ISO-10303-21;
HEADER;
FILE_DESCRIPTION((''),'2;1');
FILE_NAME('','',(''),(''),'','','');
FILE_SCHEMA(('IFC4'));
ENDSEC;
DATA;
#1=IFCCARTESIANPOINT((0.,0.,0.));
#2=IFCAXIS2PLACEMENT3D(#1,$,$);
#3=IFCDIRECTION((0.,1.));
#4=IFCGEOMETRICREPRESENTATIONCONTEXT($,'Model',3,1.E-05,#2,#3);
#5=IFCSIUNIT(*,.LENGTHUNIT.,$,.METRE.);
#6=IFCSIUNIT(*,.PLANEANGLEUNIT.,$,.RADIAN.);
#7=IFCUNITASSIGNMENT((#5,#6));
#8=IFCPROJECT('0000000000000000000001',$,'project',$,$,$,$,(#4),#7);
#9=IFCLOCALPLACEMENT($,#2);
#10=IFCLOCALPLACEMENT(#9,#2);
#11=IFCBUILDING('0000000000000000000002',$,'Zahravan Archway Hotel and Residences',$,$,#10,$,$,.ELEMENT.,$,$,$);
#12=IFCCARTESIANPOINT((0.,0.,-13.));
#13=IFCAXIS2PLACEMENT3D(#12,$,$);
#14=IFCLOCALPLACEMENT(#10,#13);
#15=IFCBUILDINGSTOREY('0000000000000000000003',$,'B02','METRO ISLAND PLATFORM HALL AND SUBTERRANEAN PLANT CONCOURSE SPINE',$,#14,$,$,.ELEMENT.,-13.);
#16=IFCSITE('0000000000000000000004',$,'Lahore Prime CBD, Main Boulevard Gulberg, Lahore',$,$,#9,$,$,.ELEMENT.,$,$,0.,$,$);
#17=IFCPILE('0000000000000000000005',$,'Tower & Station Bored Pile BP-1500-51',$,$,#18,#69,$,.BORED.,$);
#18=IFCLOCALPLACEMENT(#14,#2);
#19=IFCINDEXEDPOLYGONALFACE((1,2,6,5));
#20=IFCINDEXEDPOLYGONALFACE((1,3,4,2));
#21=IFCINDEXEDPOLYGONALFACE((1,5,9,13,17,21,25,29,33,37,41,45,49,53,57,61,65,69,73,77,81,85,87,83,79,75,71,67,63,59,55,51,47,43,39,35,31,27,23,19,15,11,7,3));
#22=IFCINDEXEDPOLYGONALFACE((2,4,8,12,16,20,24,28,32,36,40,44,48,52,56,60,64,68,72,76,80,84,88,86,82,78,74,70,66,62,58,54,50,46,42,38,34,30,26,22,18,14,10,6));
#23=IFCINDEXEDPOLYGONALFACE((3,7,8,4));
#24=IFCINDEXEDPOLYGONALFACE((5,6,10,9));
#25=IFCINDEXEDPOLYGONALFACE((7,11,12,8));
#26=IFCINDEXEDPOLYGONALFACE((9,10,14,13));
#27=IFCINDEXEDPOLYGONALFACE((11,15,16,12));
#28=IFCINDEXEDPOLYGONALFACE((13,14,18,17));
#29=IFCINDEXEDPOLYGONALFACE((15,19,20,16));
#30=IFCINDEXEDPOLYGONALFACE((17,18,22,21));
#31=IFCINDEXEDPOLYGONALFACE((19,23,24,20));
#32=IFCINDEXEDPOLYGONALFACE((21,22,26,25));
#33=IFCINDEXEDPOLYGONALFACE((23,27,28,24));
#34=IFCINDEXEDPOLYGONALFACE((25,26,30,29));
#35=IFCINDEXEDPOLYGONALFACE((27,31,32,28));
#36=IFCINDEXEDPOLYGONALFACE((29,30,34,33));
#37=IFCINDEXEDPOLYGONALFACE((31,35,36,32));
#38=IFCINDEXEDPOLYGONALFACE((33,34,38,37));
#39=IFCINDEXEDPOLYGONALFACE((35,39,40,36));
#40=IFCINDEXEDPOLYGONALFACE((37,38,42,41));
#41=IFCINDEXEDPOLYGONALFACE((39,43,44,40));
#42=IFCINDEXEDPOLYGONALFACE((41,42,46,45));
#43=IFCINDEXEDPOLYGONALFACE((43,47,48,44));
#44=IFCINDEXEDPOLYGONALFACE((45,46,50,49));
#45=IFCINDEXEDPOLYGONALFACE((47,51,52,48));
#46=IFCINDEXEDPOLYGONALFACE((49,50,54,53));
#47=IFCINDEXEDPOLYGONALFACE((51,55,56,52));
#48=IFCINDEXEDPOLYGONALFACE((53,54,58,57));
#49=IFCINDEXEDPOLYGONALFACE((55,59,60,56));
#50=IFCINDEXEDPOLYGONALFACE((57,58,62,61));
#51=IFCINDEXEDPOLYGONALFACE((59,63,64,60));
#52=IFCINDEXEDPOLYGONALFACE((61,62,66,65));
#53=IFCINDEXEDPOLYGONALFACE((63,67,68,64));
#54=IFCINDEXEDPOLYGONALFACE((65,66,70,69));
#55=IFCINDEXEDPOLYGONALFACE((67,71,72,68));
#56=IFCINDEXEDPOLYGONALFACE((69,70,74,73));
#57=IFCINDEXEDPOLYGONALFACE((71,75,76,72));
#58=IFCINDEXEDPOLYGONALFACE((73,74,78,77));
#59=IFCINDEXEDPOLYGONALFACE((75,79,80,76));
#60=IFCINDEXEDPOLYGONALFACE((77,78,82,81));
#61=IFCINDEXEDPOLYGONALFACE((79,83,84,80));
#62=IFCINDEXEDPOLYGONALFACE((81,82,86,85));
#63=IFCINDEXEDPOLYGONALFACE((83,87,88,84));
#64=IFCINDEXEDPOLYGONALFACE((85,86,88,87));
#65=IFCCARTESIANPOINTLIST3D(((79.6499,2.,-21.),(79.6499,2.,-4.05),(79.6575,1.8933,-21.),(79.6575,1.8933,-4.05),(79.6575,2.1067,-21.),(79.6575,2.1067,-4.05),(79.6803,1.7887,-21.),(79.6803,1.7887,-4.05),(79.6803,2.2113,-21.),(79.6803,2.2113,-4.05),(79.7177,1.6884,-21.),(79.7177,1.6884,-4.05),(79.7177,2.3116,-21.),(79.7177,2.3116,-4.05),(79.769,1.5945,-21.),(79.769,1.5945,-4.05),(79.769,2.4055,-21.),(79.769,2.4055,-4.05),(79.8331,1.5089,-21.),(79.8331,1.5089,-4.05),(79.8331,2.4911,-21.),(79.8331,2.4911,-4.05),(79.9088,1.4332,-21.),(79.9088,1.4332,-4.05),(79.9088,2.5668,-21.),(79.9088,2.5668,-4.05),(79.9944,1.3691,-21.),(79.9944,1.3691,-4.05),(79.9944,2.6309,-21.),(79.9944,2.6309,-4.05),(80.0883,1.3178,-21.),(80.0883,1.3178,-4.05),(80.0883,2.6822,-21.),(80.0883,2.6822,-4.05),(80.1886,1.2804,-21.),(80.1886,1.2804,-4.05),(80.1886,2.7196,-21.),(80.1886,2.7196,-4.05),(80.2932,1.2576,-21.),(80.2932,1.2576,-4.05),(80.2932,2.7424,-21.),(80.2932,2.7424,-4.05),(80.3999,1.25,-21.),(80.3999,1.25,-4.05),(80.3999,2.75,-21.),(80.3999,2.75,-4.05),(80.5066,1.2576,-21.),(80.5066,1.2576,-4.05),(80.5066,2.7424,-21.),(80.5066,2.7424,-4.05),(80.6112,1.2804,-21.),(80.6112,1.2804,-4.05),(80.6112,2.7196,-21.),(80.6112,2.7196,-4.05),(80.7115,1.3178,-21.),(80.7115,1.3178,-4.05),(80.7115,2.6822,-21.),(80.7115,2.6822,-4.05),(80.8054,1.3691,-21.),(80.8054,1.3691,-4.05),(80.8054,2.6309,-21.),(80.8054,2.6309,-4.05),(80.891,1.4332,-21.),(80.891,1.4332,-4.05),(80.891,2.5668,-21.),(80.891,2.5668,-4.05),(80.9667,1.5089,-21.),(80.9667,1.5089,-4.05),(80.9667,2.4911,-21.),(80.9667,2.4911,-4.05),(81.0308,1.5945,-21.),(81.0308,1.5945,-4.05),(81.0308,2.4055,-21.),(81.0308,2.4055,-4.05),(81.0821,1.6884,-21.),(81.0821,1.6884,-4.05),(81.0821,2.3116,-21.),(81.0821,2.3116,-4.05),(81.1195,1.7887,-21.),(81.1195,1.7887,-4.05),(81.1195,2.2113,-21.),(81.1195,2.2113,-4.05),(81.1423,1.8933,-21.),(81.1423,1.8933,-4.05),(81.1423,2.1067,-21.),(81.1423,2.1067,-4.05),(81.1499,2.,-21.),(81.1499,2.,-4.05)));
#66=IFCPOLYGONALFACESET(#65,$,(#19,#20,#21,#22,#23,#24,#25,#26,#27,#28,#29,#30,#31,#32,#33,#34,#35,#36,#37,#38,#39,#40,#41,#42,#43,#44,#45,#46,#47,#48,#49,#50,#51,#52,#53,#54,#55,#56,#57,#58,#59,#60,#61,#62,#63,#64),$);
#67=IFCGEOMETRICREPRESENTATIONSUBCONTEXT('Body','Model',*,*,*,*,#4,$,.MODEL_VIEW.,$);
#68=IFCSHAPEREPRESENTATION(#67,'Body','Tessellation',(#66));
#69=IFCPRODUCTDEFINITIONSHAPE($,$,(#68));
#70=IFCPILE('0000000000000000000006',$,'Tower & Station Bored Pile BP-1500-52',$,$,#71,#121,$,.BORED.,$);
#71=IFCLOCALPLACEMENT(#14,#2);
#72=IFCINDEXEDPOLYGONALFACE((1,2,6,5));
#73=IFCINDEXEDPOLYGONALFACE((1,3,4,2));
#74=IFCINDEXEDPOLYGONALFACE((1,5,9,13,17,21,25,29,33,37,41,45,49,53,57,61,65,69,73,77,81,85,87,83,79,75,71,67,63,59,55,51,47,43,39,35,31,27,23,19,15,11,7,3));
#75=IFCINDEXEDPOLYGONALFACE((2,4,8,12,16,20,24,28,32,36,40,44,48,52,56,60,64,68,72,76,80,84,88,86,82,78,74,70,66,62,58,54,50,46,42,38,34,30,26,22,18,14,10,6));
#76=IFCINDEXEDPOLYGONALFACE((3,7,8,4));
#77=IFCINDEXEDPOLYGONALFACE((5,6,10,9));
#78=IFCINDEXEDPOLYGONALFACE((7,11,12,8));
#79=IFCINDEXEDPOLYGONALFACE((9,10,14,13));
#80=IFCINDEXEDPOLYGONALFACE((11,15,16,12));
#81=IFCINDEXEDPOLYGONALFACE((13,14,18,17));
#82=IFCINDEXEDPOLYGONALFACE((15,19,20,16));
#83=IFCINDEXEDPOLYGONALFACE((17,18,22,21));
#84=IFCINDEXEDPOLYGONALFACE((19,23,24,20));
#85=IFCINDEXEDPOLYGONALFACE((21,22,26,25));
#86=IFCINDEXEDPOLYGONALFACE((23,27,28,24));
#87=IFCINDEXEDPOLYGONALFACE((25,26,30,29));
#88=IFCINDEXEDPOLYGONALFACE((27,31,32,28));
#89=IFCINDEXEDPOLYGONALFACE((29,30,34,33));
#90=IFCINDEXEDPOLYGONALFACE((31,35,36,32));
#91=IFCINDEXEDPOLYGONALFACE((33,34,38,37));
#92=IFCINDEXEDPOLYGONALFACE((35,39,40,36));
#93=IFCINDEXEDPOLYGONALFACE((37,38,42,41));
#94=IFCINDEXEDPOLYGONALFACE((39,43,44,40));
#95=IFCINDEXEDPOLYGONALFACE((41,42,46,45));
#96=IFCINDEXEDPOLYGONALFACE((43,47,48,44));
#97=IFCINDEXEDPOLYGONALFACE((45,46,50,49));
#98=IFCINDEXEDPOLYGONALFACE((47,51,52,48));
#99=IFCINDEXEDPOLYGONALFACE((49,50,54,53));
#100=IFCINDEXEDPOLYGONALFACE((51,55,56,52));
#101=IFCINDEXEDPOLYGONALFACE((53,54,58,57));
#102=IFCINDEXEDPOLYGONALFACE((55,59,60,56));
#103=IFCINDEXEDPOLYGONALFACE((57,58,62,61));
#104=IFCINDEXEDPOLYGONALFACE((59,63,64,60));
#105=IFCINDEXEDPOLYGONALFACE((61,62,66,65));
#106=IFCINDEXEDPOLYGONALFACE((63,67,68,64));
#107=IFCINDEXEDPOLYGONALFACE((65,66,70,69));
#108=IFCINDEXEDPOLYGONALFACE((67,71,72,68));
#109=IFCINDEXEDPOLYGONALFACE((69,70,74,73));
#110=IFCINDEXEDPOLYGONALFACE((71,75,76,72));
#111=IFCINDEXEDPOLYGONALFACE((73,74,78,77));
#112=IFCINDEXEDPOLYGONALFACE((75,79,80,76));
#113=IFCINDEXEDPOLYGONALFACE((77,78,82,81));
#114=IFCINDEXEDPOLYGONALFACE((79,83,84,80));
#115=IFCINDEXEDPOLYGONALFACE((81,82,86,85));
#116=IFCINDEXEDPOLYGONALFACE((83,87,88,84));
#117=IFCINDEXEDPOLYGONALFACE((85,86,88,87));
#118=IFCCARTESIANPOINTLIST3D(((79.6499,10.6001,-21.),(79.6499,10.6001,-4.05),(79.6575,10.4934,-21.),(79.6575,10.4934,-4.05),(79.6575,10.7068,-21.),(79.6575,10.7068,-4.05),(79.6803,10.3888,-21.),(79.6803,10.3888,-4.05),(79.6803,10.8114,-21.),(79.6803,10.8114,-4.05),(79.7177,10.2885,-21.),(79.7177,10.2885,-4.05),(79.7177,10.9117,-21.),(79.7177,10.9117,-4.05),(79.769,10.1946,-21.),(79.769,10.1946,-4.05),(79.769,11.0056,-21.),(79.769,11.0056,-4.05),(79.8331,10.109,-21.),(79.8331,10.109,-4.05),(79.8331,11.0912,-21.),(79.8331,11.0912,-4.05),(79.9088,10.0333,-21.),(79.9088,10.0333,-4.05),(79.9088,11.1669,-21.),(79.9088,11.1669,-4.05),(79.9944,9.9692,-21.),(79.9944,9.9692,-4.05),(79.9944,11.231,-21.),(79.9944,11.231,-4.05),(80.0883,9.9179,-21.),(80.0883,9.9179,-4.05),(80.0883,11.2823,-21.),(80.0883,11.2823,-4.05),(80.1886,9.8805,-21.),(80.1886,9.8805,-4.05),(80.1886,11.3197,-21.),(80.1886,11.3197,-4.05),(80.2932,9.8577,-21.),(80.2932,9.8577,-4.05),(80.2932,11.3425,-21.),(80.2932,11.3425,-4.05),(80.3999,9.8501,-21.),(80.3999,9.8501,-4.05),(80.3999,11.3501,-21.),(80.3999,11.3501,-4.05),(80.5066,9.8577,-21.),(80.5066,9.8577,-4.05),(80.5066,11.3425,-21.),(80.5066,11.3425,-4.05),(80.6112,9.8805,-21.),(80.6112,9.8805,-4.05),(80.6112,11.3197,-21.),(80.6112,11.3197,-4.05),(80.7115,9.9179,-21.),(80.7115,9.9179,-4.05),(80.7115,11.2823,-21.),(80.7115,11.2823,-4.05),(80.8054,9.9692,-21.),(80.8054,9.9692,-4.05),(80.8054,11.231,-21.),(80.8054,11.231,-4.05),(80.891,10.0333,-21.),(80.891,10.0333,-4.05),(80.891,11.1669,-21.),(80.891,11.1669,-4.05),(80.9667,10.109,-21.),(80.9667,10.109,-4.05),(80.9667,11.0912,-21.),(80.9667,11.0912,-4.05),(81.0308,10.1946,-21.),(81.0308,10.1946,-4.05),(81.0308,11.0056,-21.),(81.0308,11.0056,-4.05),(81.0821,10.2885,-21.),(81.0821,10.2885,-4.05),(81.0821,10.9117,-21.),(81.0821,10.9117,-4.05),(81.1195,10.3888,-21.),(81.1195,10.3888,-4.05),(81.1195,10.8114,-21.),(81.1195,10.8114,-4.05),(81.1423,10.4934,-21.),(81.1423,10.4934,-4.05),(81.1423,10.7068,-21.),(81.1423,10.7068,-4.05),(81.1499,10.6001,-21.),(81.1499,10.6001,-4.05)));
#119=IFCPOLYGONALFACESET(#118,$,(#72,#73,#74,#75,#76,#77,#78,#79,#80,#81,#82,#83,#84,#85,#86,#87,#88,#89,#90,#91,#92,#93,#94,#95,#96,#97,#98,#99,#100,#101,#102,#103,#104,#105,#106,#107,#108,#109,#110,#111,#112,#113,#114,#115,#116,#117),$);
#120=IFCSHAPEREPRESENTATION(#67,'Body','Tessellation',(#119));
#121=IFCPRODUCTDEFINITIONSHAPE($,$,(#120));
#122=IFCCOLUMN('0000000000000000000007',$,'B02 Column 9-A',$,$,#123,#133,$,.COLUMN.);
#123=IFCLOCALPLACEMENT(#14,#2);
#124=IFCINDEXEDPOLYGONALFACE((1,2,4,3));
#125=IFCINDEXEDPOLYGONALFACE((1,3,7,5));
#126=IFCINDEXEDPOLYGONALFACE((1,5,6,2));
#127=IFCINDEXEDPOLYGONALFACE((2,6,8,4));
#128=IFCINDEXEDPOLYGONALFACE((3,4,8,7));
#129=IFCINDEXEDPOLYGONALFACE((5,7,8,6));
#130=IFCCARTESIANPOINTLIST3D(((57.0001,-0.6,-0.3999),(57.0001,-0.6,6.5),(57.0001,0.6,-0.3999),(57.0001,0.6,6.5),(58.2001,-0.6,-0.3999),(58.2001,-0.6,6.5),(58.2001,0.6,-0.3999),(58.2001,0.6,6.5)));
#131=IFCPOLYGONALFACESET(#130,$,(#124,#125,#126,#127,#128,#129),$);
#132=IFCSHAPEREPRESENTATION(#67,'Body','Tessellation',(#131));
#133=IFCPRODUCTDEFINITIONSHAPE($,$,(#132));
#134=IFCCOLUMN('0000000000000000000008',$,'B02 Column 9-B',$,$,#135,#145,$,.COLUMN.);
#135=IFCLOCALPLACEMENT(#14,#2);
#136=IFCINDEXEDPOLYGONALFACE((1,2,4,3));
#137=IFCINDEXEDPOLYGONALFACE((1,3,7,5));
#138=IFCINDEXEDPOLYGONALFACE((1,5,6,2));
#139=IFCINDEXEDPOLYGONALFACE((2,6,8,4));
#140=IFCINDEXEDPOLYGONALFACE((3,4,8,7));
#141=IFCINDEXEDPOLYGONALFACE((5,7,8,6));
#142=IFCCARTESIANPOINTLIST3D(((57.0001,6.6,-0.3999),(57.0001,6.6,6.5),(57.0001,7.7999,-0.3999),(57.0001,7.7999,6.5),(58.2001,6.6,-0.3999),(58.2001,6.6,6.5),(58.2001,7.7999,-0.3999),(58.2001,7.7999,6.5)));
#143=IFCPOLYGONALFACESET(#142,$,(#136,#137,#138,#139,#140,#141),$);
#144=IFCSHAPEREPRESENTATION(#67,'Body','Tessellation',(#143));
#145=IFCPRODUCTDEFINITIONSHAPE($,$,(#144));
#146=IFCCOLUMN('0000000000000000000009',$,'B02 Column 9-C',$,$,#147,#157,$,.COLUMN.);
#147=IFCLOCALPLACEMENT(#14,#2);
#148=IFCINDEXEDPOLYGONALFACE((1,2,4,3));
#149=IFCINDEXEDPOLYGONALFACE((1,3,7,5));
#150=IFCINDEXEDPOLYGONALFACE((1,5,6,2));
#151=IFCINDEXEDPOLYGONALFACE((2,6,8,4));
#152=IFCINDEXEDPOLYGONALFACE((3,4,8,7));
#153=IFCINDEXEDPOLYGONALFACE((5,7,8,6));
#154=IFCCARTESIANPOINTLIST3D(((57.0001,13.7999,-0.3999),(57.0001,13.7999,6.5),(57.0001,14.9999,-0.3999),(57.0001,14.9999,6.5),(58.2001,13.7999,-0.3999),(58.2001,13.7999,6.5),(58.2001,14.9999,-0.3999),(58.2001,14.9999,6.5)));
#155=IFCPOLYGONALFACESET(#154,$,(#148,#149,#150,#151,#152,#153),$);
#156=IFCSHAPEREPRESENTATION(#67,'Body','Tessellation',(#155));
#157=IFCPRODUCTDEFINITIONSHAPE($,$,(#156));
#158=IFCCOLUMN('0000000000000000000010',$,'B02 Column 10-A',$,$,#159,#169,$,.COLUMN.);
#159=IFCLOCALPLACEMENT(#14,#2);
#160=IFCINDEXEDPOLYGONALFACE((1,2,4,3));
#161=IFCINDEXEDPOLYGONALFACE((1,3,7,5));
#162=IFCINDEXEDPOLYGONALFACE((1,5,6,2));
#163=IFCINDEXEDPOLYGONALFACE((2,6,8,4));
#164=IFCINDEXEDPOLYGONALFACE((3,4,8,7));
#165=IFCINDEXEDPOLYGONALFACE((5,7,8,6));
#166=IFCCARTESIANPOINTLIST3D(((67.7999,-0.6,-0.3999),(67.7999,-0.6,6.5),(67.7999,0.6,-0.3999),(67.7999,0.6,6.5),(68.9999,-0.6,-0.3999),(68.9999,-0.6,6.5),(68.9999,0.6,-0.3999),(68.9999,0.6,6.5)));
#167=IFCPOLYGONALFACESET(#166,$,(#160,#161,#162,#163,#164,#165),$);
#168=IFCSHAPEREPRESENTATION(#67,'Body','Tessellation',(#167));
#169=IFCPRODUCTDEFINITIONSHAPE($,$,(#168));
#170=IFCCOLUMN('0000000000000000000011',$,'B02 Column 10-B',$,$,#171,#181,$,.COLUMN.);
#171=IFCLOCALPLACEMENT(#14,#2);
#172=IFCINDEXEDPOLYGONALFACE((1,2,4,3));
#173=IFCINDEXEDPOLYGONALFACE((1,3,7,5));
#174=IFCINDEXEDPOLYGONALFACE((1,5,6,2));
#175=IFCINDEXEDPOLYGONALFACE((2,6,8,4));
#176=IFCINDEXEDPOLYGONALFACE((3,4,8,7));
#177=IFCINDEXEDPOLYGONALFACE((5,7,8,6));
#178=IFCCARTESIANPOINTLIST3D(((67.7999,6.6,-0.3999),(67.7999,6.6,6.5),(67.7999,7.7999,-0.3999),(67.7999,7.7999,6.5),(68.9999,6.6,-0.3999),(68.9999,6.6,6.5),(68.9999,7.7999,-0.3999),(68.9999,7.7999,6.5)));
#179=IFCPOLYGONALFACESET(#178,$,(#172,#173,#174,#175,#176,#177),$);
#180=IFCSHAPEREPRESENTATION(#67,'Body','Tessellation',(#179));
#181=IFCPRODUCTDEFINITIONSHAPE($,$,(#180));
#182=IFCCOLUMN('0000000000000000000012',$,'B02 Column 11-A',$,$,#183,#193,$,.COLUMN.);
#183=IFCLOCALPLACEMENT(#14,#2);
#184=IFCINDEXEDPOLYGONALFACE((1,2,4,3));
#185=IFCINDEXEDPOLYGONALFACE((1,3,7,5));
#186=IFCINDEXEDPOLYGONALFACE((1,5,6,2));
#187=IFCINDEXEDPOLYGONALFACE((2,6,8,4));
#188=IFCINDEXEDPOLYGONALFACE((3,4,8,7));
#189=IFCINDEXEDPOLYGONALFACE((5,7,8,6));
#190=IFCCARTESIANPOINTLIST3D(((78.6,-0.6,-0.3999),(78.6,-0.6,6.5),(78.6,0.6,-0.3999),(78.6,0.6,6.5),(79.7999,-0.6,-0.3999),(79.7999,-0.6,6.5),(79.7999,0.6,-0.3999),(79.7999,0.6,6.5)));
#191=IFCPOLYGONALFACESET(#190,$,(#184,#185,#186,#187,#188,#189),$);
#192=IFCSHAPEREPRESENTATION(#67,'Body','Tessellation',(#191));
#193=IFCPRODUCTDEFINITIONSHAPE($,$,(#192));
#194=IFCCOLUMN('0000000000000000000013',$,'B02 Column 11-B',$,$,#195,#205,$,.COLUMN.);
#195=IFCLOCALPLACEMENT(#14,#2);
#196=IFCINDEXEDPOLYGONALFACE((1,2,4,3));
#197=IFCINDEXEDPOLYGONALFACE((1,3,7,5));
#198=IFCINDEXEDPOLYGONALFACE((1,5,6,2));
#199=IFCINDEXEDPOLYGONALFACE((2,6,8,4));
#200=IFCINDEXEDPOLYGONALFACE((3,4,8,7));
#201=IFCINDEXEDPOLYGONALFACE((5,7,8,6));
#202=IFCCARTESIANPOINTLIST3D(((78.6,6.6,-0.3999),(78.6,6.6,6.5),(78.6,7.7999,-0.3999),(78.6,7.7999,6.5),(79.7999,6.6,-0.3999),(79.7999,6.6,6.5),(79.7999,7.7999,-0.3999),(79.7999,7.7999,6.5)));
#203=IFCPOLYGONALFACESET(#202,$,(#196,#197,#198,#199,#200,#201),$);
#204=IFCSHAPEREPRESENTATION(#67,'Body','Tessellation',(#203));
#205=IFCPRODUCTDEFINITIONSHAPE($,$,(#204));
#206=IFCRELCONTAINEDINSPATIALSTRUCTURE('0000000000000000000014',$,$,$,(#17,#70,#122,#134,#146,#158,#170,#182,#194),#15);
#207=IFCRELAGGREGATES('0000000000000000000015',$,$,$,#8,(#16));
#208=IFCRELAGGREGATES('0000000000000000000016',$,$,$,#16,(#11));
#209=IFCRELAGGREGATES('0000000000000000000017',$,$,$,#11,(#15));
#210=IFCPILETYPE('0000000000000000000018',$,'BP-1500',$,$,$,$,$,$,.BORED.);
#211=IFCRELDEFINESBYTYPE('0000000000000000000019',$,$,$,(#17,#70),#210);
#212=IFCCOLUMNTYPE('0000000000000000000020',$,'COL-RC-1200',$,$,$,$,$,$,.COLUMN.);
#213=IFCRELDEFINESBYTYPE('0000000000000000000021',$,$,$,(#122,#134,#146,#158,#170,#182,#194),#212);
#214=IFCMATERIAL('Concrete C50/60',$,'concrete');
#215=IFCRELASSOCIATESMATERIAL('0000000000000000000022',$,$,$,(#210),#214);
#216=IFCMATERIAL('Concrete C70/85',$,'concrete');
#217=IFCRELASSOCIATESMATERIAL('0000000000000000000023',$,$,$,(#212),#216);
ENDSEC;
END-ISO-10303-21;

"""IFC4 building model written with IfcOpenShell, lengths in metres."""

from ifc_helpers import new_model, si_unit, direction, frame, origin, origin_2d, place, context, subcontext, project, spatial, rectangle, circle, extrude, source, transform, mapped, material, material_profile, profile_set, type_object, type_shapes, element, save


model = new_model("IFC4")

# Units and contexts
model_context = context("Model", 3, precision=1e-05, world=origin(), true_north=direction((0.0, 1.0)))
body_context = subcontext(model_context, "Body", "Model", "MODEL_VIEW")
ifc_project = project(units=[si_unit("LENGTHUNIT", "METRE"), si_unit("PLANEANGLEUNIT", "RADIAN")], contexts=[model_context])

# Site, building, storey
site_placement = place(None, origin())
site = spatial("IfcSite", under=ifc_project, at=site_placement, Name="Lahore Prime CBD, Main Boulevard Gulberg, Lahore", CompositionType="ELEMENT", RefElevation=0.0)
building_placement = place(site_placement, origin())
building = spatial("IfcBuilding", under=site, at=building_placement, Name="Zahravan Archway Hotel and Residences", CompositionType="ELEMENT")
storey_placement = place(building_placement, frame((0.0, 0.0, -13.0)))
storey = spatial("IfcBuildingStorey", under=building, at=storey_placement, Name="B02", Description="METRO ISLAND PLATFORM HALL AND SUBTERRANEAN PLANT CONCOURSE SPINE", CompositionType="ELEMENT", Elevation=-13.0)

# Piles
ifc_material_1 = material(Name="Concrete C50/60", Category="concrete")
ifc_material_profile_1 = material_profile(ifc_material_1, circle(Radius=0.75, at=origin_2d()), Name="PILE D1500", Category="concrete")
ifc_profile_set_1 = profile_set([ifc_material_profile_1], Name="Concrete C50/60")
pile_type = type_object("IfcPileType", Name="BP-1500", PredefinedType="BORED", material=ifc_profile_set_1)
shared_shape_1 = source(origin(), body_context, "Body", "SweptSolid", [
    extrude(circle(Radius=0.75, at=origin_2d()), origin(), (0.0, 0.0, 1.0), 16.95),
])
type_shapes(pile_type, [shared_shape_1])
for number, where, z_axis, x_axis, name in (
    (1, (80.3999, 2.0, -4.05), (0.0, 0.0, -1.0), (1.0, 0.0, 0.0), "Tower & Station Bored Pile BP-1500-51"),
    (2, (80.3999, 10.6001, -4.05), (0.0, 0.0, -1.0), (1.0, 0.0, 0.0), "Tower & Station Bored Pile BP-1500-52"),
):
    element("IfcPile", number, at=place(storey_placement, frame(where, z_axis=z_axis, x_axis=x_axis)), inside=storey, type_object=pile_type, Name=name, PredefinedType="BORED", context=body_context, shape_type="MappedRepresentation", body=[
        mapped(shared_shape_1, transform((0.0, 0.0, 0.0), scale=1.0)),
    ])

# Columns
ifc_material_2 = material(Name="Concrete C70/85", Category="concrete")
ifc_material_profile_2 = material_profile(ifc_material_2, rectangle(XDim=1.2, YDim=1.2, at=origin_2d()), Name="RC-COL-1200x1200", Category="concrete")
ifc_profile_set_2 = profile_set([ifc_material_profile_2], Name="Concrete C70/85")
column_type_1 = type_object("IfcColumnType", Name="COL-RC-1200", PredefinedType="COLUMN", material=ifc_profile_set_2)
shared_shape_2 = source(origin(), body_context, "Body", "SweptSolid", [
    extrude(rectangle(XDim=1.2, YDim=1.2, at=origin_2d()), origin(), (0.0, 0.0, 1.0), 6.8999),
])
type_shapes(column_type_1, [shared_shape_2])
for number, where, z_axis, x_axis, name in (
    (3, (57.6001, 0.0, -0.3999), (0.0, 0.0, 1.0), (1.0, 0.0, 0.0), "B02 Column 9-A"),
    (4, (57.6001, 7.2, -0.3999), (0.0, 0.0, 1.0), (1.0, 0.0, 0.0), "B02 Column 9-B"),
    (5, (57.6001, 14.3999, -0.3999), (0.0, 0.0, 1.0), (1.0, 0.0, 0.0), "B02 Column 9-C"),
    (6, (68.3999, 0.0, -0.3999), (0.0, 0.0, 1.0), (1.0, 0.0, 0.0), "B02 Column 10-A"),
    (7, (68.3999, 7.2, -0.3999), (0.0, 0.0, 1.0), (1.0, 0.0, 0.0), "B02 Column 10-B"),
    (8, (79.2, 0.0, -0.3999), (0.0, 0.0, 1.0), (1.0, 0.0, 0.0), "B02 Column 11-A"),
    (9, (79.2, 7.2, -0.3999), (0.0, 0.0, 1.0), (1.0, 0.0, 0.0), "B02 Column 11-B"),
):
    element("IfcColumn", number, at=place(storey_placement, frame(where, z_axis=z_axis, x_axis=x_axis)), inside=storey, type_object=column_type_1, Name=name, PredefinedType="COLUMN", context=body_context, shape_type="MappedRepresentation", body=[
        mapped(shared_shape_2, transform((0.0, 0.0, 0.0), scale=1.0)),
    ])

save(model, "model.ifc")
